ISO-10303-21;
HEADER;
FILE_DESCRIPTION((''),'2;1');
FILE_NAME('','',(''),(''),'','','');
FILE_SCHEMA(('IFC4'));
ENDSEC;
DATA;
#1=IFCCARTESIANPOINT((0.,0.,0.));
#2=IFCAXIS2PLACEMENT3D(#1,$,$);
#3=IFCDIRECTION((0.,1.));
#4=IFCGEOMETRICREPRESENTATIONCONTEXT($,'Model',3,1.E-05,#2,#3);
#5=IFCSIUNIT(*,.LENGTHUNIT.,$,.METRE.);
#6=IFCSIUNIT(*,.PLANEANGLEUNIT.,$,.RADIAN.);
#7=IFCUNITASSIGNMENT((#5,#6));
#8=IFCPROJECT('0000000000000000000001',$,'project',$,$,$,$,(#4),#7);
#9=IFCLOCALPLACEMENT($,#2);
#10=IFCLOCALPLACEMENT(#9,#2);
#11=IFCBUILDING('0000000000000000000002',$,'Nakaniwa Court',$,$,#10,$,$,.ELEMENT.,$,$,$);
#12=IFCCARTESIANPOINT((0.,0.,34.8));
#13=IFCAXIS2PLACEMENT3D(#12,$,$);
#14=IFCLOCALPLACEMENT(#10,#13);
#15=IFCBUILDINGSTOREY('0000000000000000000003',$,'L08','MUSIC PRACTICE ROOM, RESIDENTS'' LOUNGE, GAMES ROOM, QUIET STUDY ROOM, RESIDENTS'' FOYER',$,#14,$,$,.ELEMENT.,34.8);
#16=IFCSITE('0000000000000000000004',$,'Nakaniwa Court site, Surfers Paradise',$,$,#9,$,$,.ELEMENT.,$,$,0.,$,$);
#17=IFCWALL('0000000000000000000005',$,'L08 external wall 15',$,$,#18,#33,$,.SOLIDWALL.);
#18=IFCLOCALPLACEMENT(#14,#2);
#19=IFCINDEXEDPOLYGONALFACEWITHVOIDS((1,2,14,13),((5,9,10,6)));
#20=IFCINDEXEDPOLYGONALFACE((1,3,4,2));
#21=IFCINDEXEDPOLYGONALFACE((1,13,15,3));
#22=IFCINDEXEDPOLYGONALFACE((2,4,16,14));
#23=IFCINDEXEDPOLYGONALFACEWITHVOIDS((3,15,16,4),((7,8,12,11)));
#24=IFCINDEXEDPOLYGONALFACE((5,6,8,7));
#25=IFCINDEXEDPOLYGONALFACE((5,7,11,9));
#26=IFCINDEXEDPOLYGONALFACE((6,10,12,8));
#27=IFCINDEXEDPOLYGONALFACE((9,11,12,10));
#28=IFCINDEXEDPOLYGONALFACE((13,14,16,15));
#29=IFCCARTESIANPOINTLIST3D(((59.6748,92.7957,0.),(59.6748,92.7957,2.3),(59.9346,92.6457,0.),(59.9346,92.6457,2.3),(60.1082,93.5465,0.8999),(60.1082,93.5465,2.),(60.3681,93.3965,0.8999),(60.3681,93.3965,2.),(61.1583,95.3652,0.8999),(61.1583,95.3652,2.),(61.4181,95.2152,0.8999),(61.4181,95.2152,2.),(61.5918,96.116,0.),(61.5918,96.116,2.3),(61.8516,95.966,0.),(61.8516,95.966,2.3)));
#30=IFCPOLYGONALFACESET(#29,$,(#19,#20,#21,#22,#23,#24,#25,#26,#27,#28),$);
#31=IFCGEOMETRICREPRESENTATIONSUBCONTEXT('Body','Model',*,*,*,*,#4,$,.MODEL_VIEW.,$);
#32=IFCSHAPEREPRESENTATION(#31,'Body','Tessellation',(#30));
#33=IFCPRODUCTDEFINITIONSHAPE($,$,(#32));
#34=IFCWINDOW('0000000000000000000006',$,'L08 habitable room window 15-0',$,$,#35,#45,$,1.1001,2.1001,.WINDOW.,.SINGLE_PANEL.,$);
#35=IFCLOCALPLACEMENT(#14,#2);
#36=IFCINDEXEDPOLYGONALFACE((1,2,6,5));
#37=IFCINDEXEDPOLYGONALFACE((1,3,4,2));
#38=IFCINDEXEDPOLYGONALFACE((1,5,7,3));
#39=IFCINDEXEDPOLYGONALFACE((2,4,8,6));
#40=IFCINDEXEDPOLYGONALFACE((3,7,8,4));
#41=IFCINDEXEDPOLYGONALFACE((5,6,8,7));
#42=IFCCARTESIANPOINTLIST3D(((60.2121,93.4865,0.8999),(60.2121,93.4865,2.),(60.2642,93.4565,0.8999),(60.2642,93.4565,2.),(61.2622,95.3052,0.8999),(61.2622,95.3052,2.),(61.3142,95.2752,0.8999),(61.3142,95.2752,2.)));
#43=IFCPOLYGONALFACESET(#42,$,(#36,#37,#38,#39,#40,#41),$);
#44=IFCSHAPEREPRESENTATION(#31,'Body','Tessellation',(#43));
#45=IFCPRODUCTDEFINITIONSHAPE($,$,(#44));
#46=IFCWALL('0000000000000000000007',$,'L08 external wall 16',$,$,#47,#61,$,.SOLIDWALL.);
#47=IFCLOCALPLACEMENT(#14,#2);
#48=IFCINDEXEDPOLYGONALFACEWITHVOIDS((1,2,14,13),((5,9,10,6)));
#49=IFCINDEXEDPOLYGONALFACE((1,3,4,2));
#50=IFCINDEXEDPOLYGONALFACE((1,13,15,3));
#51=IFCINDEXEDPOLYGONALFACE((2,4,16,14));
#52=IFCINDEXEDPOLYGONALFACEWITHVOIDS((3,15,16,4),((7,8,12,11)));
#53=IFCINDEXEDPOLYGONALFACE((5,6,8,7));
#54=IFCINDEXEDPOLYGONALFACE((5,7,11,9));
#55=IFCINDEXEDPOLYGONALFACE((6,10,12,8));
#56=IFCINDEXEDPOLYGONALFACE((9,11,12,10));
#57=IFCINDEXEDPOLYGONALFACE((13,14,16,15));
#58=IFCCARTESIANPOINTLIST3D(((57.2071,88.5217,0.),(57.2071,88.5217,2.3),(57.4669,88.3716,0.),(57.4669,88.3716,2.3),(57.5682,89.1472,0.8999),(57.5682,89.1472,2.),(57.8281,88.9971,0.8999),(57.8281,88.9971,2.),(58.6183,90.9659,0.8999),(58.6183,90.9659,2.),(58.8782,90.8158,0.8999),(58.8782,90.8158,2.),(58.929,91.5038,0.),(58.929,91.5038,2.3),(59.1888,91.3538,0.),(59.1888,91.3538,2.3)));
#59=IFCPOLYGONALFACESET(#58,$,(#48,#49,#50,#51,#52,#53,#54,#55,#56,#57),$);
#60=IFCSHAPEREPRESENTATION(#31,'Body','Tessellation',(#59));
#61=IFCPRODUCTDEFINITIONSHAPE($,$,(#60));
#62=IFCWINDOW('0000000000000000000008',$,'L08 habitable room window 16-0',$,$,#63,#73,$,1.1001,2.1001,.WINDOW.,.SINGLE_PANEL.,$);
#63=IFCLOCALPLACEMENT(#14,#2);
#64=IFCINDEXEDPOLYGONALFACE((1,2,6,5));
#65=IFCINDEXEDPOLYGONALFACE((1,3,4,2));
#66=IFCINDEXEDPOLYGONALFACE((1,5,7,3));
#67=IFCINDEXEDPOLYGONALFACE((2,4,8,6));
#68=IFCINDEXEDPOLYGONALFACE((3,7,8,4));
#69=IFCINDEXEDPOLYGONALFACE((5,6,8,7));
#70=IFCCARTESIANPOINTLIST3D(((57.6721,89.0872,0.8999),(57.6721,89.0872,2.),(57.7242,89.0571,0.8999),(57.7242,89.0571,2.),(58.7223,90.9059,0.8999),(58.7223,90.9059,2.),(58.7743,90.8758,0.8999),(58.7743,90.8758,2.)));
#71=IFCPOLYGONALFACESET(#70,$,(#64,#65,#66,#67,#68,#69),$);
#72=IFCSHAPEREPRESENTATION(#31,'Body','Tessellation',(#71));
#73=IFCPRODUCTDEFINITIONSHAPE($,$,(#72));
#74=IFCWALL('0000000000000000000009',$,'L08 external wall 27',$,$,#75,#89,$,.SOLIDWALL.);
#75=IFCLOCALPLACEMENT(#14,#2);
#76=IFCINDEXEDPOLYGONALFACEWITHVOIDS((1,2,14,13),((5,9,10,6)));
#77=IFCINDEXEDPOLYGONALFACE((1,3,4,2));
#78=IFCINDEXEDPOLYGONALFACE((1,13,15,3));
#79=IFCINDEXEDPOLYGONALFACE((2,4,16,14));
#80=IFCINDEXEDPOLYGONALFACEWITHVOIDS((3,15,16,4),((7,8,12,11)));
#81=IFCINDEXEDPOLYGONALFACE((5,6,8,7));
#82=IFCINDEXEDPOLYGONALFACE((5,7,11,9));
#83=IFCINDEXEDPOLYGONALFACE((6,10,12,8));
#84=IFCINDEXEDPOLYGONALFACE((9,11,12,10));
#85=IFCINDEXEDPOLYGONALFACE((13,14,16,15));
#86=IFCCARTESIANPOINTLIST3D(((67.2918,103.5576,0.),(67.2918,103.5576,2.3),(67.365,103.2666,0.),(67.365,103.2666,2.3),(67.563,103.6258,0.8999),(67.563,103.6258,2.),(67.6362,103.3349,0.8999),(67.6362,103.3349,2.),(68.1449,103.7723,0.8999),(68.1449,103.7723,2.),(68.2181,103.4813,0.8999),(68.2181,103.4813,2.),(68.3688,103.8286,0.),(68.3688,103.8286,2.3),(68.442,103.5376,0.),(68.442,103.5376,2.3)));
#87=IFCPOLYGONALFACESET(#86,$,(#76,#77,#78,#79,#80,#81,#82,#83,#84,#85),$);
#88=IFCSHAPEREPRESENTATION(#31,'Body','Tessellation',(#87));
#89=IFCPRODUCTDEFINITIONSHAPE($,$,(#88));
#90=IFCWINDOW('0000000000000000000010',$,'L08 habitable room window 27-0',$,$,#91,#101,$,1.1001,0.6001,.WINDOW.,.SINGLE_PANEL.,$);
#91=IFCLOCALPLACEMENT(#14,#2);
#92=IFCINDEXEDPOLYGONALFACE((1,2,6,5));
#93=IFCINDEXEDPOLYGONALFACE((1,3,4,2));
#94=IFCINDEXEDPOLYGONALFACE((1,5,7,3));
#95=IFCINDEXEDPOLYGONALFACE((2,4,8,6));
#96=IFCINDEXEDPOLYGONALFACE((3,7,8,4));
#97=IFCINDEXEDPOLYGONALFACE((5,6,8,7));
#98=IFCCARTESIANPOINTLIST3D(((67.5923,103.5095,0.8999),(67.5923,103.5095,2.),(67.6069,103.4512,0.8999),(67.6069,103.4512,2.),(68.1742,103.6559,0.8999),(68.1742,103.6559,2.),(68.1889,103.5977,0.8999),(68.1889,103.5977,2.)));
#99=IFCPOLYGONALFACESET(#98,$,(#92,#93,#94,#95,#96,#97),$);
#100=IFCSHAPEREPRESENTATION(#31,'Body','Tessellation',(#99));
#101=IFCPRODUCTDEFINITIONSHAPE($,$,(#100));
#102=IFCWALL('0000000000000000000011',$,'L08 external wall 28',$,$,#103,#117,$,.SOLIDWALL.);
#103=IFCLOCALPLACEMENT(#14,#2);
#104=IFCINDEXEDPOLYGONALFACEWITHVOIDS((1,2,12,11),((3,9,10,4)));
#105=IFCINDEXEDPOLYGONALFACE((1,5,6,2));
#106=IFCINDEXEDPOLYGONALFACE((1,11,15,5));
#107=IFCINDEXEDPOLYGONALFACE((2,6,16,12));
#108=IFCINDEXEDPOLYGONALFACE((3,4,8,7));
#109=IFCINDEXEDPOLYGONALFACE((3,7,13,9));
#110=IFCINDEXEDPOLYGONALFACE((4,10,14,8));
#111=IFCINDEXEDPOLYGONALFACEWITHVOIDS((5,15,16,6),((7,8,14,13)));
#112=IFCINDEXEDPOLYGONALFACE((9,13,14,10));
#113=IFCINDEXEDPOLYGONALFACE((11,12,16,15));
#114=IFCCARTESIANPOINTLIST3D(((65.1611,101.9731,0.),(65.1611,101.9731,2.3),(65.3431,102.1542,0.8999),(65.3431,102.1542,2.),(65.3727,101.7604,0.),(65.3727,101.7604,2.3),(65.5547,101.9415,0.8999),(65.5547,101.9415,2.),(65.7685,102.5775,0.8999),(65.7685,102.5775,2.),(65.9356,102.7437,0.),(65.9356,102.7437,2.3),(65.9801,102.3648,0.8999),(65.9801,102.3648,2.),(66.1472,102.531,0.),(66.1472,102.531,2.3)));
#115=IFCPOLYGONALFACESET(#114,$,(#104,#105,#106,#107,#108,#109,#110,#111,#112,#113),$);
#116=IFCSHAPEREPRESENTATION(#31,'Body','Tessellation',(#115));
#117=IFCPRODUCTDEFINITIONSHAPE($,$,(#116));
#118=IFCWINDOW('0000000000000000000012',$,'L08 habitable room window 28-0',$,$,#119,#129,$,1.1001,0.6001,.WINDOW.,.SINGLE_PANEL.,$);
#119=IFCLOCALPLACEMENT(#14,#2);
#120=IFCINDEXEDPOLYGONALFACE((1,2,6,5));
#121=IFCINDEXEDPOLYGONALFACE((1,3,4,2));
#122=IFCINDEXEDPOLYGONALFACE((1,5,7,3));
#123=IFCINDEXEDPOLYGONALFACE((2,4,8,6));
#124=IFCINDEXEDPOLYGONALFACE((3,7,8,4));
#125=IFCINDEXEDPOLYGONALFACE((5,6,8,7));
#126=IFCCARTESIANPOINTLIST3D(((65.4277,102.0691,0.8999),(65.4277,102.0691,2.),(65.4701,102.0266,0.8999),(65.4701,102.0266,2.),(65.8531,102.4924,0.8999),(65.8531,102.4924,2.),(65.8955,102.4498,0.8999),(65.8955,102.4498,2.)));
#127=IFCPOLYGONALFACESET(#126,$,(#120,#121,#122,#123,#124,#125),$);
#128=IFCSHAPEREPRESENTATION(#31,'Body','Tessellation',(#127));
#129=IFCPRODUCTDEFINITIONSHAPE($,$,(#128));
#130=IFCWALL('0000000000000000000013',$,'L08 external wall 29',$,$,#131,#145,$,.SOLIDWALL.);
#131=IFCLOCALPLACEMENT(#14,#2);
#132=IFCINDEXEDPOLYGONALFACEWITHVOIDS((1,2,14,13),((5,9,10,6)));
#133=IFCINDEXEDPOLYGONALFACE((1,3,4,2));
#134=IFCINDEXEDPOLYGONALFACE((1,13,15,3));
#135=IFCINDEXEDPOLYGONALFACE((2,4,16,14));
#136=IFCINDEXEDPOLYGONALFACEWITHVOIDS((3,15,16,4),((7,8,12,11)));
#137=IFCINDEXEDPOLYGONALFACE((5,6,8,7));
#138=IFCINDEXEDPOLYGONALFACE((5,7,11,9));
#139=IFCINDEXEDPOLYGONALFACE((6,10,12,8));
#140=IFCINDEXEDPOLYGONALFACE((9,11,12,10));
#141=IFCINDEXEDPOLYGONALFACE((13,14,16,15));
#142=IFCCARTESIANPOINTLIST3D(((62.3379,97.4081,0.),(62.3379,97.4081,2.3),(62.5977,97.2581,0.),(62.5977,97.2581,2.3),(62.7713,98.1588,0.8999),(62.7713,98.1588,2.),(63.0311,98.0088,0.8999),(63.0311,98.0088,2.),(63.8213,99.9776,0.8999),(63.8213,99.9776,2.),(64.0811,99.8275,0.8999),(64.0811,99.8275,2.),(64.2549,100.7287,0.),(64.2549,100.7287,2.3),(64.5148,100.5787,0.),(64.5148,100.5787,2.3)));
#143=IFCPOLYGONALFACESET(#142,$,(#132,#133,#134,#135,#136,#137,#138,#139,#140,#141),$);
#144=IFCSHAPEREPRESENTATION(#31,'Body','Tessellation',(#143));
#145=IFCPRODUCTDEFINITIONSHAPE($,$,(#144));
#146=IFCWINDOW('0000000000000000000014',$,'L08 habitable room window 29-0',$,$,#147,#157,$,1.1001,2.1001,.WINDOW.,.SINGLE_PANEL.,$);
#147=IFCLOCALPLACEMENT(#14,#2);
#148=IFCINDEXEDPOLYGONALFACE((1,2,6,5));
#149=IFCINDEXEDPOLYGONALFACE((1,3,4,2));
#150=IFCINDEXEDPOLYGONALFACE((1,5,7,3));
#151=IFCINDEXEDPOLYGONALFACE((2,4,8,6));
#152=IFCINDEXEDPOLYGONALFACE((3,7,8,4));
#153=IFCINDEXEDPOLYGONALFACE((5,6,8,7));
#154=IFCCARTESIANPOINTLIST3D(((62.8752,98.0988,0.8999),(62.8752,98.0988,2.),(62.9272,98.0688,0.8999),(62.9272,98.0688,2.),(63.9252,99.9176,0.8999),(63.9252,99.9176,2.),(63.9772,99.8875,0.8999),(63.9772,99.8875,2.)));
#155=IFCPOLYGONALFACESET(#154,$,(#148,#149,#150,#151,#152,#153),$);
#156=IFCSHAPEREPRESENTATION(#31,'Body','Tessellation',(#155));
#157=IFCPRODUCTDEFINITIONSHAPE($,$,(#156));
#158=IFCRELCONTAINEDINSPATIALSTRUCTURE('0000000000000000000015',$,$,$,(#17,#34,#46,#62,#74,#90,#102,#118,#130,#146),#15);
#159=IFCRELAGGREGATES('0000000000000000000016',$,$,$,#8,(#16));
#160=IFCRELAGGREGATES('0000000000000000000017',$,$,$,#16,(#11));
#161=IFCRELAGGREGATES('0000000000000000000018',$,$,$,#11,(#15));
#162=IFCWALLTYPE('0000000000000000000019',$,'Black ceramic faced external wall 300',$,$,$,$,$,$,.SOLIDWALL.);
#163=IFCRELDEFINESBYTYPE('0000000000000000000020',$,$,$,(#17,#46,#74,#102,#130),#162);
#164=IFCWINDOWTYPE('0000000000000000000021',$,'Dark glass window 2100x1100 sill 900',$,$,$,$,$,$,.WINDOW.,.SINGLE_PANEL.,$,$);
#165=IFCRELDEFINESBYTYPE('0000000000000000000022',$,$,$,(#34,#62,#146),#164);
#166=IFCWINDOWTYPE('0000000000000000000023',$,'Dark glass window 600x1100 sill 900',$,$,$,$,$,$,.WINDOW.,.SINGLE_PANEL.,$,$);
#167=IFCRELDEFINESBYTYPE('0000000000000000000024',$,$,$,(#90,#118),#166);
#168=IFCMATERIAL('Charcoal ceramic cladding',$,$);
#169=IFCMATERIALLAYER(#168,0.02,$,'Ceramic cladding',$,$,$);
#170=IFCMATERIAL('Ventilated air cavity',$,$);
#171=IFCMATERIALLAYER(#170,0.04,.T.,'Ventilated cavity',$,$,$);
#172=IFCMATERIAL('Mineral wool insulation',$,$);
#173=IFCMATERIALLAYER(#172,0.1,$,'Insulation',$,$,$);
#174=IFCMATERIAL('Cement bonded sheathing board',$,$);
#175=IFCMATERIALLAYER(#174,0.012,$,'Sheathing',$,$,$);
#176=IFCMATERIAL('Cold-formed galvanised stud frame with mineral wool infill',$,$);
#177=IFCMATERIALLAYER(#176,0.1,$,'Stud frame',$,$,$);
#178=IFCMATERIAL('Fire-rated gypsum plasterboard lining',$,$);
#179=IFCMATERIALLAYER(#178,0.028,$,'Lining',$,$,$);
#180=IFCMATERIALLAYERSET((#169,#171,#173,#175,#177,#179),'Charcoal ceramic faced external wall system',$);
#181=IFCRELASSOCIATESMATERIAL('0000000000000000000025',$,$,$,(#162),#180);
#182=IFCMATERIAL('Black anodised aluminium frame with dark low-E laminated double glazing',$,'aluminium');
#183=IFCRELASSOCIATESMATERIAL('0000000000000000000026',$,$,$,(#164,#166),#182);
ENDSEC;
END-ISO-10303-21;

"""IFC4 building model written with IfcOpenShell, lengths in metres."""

from ifc_helpers import new_model, si_unit, direction, frame, frame_2d, origin, place, context, subcontext, project, spatial, rectangle, extrude, material, layer, layer_set, type_object, element, fill, save


model = new_model("IFC4")

# Units and contexts
model_context = context("Model", 3, precision=1e-05, world=origin(), true_north=direction((0.0, 1.0)))
body_context = subcontext(model_context, "Body", "Model", "MODEL_VIEW")
ifc_project = project(units=[si_unit("LENGTHUNIT", "METRE"), si_unit("PLANEANGLEUNIT", "RADIAN")], contexts=[model_context])

# Site, building, storey
site_placement = place(None, origin())
site = spatial("IfcSite", under=ifc_project, at=site_placement, Name="Nakaniwa Court site, Surfers Paradise", CompositionType="ELEMENT", RefElevation=0.0)
building_placement = place(site_placement, origin())
building = spatial("IfcBuilding", under=site, at=building_placement, Name="Nakaniwa Court", CompositionType="ELEMENT")
storey_placement = place(building_placement, frame((0.0, 0.0, 34.8)))
storey = spatial("IfcBuildingStorey", under=building, at=storey_placement, Name="L08", Description="MUSIC PRACTICE ROOM, RESIDENTS' LOUNGE, GAMES ROOM, QUIET STUDY ROOM, RESIDENTS' FOYER", CompositionType="ELEMENT", Elevation=34.8)

# Walls, openings, windows
ifc_material_1 = material(Name="Charcoal ceramic cladding")
ifc_layer_1 = layer(ifc_material_1, 0.02, Name="Ceramic cladding")
ifc_material_2 = material(Name="Ventilated air cavity")
ifc_layer_2 = layer(ifc_material_2, 0.04, ventilated=True, Name="Ventilated cavity")
ifc_material_3 = material(Name="Mineral wool insulation")
ifc_layer_3 = layer(ifc_material_3, 0.1, Name="Insulation")
ifc_material_4 = material(Name="Cement bonded sheathing board")
ifc_layer_4 = layer(ifc_material_4, 0.012, Name="Sheathing")
ifc_material_5 = material(Name="Cold-formed galvanised stud frame with mineral wool infill")
ifc_layer_5 = layer(ifc_material_5, 0.1, Name="Stud frame")
ifc_material_6 = material(Name="Fire-rated gypsum plasterboard lining")
ifc_layer_6 = layer(ifc_material_6, 0.028, Name="Lining")
ifc_layer_set = layer_set([ifc_layer_1, ifc_layer_2, ifc_layer_3, ifc_layer_4, ifc_layer_5, ifc_layer_6], Name="Charcoal ceramic faced external wall system")
wall_type = type_object("IfcWallType", Name="Black ceramic faced external wall 300", PredefinedType="SOLIDWALL", material=ifc_layer_set)
wall_1_placement = place(storey_placement, frame((61.7217, 96.041, 0.0), z_axis=(0.0, 0.0, 1.0), x_axis=(-0.500002, -0.866024, 0.0)))
wall_1 = element("IfcWall", 1, at=wall_1_placement, inside=storey, type_object=wall_type, Name="L08 external wall 15", PredefinedType="SOLIDWALL", context=body_context, shape_type="SweptSolid", body=[
    extrude(rectangle(XDim=3.834, YDim=0.3, at=frame_2d((1.917, 0.0))), origin(), (0.0, 0.0, 1.0), 2.3),
])
opening_1_placement = place(wall_1_placement, frame((0.8669, 0.0, 0.8999)))
opening_1 = element("IfcOpeningElement", 2, at=opening_1_placement, cuts=wall_1, PredefinedType="OPENING", context=body_context, shape_type="SweptSolid", body=[
    extrude(rectangle(XDim=2.1001, YDim=1.1001, at=frame_2d((1.05, 0.55))), frame((0.0, 0.1599, 0.0), z_axis=(0.0, -1.0, 0.0), x_axis=(1.0, 0.0, 0.0)), (0.0, 0.0, 1.0), 0.3201),
])
ifc_material_7 = material(Name="Black anodised aluminium frame with dark low-E laminated double glazing", Category="aluminium")
window_type_1 = type_object("IfcWindowType", Name="Dark glass window 2100x1100 sill 900", PartitioningType="SINGLE_PANEL", PredefinedType="WINDOW", material=ifc_material_7)
window_1_placement = place(opening_1_placement, origin())
window_1 = element("IfcWindow", 3, at=window_1_placement, inside=storey, type_object=window_type_1, Name="L08 habitable room window 15-0", OverallHeight=1.1001, OverallWidth=2.1001, PartitioningType="SINGLE_PANEL", PredefinedType="WINDOW", context=body_context, shape_type="SweptSolid", body=[
    extrude(rectangle(XDim=2.1001, YDim=1.1001, at=frame_2d((1.05, 0.55))), frame((0.0, 0.03, 0.0), z_axis=(0.0, -1.0, 0.0), x_axis=(1.0, 0.0, 0.0)), (0.0, 0.0, 1.0), 0.0601),
])
fill(opening_1, window_1)
wall_2_placement = place(storey_placement, frame((59.0588, 91.4287, 0.0), z_axis=(0.0, 0.0, 1.0), x_axis=(-0.500035, -0.866005, 0.0)))
wall_2 = element("IfcWall", 4, at=wall_2_placement, inside=storey, type_object=wall_type, Name="L08 external wall 16", PredefinedType="SOLIDWALL", context=body_context, shape_type="SweptSolid", body=[
    extrude(rectangle(XDim=3.4436, YDim=0.3, at=frame_2d((1.7217, 0.0))), origin(), (0.0, 0.0, 1.0), 2.3),
])
opening_2_placement = place(wall_2_placement, frame((0.6211, 0.0, 0.8999)))
opening_2 = element("IfcOpeningElement", 5, at=opening_2_placement, cuts=wall_2, PredefinedType="OPENING", context=body_context, shape_type="SweptSolid", body=[
    extrude(rectangle(XDim=2.1001, YDim=1.1001, at=frame_2d((1.05, 0.55))), frame((0.0, 0.1599, 0.0), z_axis=(0.0, -1.0, 0.0), x_axis=(1.0, 0.0, 0.0)), (0.0, 0.0, 1.0), 0.3201),
])
window_2_placement = place(opening_2_placement, origin())
window_2 = element("IfcWindow", 6, at=window_2_placement, inside=storey, type_object=window_type_1, Name="L08 habitable room window 16-0", OverallHeight=1.1001, OverallWidth=2.1001, PartitioningType="SINGLE_PANEL", PredefinedType="WINDOW", context=body_context, shape_type="SweptSolid", body=[
    extrude(rectangle(XDim=2.1001, YDim=1.1001, at=frame_2d((1.05, 0.55))), frame((0.0, 0.03, 0.0), z_axis=(0.0, -1.0, 0.0), x_axis=(1.0, 0.0, 0.0)), (0.0, 0.0, 1.0), 0.0601),
])
fill(opening_2, window_2)
wall_3_placement = place(storey_placement, frame((68.4053, 103.6831, 0.0), z_axis=(0.0, 0.0, 1.0), x_axis=(-0.969766, -0.244036, 0.0)))
wall_3 = element("IfcWall", 7, at=wall_3_placement, inside=storey, type_object=wall_type, Name="L08 external wall 27", PredefinedType="SOLIDWALL", context=body_context, shape_type="SweptSolid", body=[
    extrude(rectangle(XDim=1.1106, YDim=0.3, at=frame_2d((0.5552, 0.0))), origin(), (0.0, 0.0, 1.0), 2.3),
])
opening_3_placement = place(wall_3_placement, frame((0.2307, 0.0, 0.8999)))
opening_3 = element("IfcOpeningElement", 8, at=opening_3_placement, cuts=wall_3, PredefinedType="OPENING", context=body_context, shape_type="SweptSolid", body=[
    extrude(rectangle(XDim=0.6001, YDim=1.1001, at=frame_2d((0.3, 0.55))), frame((0.0, 0.1599, 0.0), z_axis=(0.0, -1.0, 0.0), x_axis=(1.0, 0.0, 0.0)), (0.0, 0.0, 1.0), 0.3201),
])
window_type_2 = type_object("IfcWindowType", Name="Dark glass window 600x1100 sill 900", PartitioningType="SINGLE_PANEL", PredefinedType="WINDOW", material=ifc_material_7)
window_3_placement = place(opening_3_placement, origin())
window_3 = element("IfcWindow", 9, at=window_3_placement, inside=storey, type_object=window_type_2, Name="L08 habitable room window 27-0", OverallHeight=1.1001, OverallWidth=0.6001, PartitioningType="SINGLE_PANEL", PredefinedType="WINDOW", context=body_context, shape_type="SweptSolid", body=[
    extrude(rectangle(XDim=0.6001, YDim=1.1001, at=frame_2d((0.3, 0.55))), frame((0.0, 0.03, 0.0), z_axis=(0.0, -1.0, 0.0), x_axis=(1.0, 0.0, 0.0)), (0.0, 0.0, 1.0), 0.0601),
])
fill(opening_3, window_3)
wall_4_placement = place(storey_placement, frame((66.0415, 102.6375, 0.0), z_axis=(0.0, 0.0, 1.0), x_axis=(-0.708892, -0.705317, 0.0)))
wall_4 = element("IfcWall", 10, at=wall_4_placement, inside=storey, type_object=wall_type, Name="L08 external wall 28", PredefinedType="SOLIDWALL", context=body_context, shape_type="SweptSolid", body=[
    extrude(rectangle(XDim=1.0925, YDim=0.3, at=frame_2d((0.5464, 0.0))), origin(), (0.0, 0.0, 1.0), 2.3),
])
opening_4_placement = place(wall_4_placement, frame((0.2358, 0.0, 0.8999)))
opening_4 = element("IfcOpeningElement", 11, at=opening_4_placement, cuts=wall_4, PredefinedType="OPENING", context=body_context, shape_type="SweptSolid", body=[
    extrude(rectangle(XDim=0.6001, YDim=1.1001, at=frame_2d((0.3, 0.55))), frame((0.0, 0.1599, 0.0), z_axis=(0.0, -1.0, 0.0), x_axis=(1.0, 0.0, 0.0)), (0.0, 0.0, 1.0), 0.3201),
])
window_4_placement = place(opening_4_placement, origin())
window_4 = element("IfcWindow", 12, at=window_4_placement, inside=storey, type_object=window_type_2, Name="L08 habitable room window 28-0", OverallHeight=1.1001, OverallWidth=0.6001, PartitioningType="SINGLE_PANEL", PredefinedType="WINDOW", context=body_context, shape_type="SweptSolid", body=[
    extrude(rectangle(XDim=0.6001, YDim=1.1001, at=frame_2d((0.3, 0.55))), frame((0.0, 0.03, 0.0), z_axis=(0.0, -1.0, 0.0), x_axis=(1.0, 0.0, 0.0)), (0.0, 0.0, 1.0), 0.0601),
])
fill(opening_4, window_4)
wall_5_placement = place(storey_placement, frame((64.3848, 100.6536, 0.0), z_axis=(0.0, 0.0, 1.0), x_axis=(-0.499974, -0.86604, 0.0)))
wall_5 = element("IfcWall", 13, at=wall_5_placement, inside=storey, type_object=wall_type, Name="L08 external wall 29", PredefinedType="SOLIDWALL", context=body_context, shape_type="SweptSolid", body=[
    extrude(rectangle(XDim=3.8342, YDim=0.3, at=frame_2d((1.917, 0.0))), origin(), (0.0, 0.0, 1.0), 2.3),
])
opening_5_placement = place(wall_5_placement, frame((0.8672, 0.0, 0.8999)))
opening_5 = element("IfcOpeningElement", 14, at=opening_5_placement, cuts=wall_5, PredefinedType="OPENING", context=body_context, shape_type="SweptSolid", body=[
    extrude(rectangle(XDim=2.1001, YDim=1.1001, at=frame_2d((1.05, 0.55))), frame((0.0, 0.1599, 0.0), z_axis=(0.0, -1.0, 0.0), x_axis=(1.0, 0.0, 0.0)), (0.0, 0.0, 1.0), 0.3201),
])
window_5_placement = place(opening_5_placement, origin())
window_5 = element("IfcWindow", 15, at=window_5_placement, inside=storey, type_object=window_type_1, Name="L08 habitable room window 29-0", OverallHeight=1.1001, OverallWidth=2.1001, PartitioningType="SINGLE_PANEL", PredefinedType="WINDOW", context=body_context, shape_type="SweptSolid", body=[
    extrude(rectangle(XDim=2.1001, YDim=1.1001, at=frame_2d((1.05, 0.55))), frame((0.0, 0.03, 0.0), z_axis=(0.0, -1.0, 0.0), x_axis=(1.0, 0.0, 0.0)), (0.0, 0.0, 1.0), 0.0601),
])
fill(opening_5, window_5)

save(model, "model.ifc")
